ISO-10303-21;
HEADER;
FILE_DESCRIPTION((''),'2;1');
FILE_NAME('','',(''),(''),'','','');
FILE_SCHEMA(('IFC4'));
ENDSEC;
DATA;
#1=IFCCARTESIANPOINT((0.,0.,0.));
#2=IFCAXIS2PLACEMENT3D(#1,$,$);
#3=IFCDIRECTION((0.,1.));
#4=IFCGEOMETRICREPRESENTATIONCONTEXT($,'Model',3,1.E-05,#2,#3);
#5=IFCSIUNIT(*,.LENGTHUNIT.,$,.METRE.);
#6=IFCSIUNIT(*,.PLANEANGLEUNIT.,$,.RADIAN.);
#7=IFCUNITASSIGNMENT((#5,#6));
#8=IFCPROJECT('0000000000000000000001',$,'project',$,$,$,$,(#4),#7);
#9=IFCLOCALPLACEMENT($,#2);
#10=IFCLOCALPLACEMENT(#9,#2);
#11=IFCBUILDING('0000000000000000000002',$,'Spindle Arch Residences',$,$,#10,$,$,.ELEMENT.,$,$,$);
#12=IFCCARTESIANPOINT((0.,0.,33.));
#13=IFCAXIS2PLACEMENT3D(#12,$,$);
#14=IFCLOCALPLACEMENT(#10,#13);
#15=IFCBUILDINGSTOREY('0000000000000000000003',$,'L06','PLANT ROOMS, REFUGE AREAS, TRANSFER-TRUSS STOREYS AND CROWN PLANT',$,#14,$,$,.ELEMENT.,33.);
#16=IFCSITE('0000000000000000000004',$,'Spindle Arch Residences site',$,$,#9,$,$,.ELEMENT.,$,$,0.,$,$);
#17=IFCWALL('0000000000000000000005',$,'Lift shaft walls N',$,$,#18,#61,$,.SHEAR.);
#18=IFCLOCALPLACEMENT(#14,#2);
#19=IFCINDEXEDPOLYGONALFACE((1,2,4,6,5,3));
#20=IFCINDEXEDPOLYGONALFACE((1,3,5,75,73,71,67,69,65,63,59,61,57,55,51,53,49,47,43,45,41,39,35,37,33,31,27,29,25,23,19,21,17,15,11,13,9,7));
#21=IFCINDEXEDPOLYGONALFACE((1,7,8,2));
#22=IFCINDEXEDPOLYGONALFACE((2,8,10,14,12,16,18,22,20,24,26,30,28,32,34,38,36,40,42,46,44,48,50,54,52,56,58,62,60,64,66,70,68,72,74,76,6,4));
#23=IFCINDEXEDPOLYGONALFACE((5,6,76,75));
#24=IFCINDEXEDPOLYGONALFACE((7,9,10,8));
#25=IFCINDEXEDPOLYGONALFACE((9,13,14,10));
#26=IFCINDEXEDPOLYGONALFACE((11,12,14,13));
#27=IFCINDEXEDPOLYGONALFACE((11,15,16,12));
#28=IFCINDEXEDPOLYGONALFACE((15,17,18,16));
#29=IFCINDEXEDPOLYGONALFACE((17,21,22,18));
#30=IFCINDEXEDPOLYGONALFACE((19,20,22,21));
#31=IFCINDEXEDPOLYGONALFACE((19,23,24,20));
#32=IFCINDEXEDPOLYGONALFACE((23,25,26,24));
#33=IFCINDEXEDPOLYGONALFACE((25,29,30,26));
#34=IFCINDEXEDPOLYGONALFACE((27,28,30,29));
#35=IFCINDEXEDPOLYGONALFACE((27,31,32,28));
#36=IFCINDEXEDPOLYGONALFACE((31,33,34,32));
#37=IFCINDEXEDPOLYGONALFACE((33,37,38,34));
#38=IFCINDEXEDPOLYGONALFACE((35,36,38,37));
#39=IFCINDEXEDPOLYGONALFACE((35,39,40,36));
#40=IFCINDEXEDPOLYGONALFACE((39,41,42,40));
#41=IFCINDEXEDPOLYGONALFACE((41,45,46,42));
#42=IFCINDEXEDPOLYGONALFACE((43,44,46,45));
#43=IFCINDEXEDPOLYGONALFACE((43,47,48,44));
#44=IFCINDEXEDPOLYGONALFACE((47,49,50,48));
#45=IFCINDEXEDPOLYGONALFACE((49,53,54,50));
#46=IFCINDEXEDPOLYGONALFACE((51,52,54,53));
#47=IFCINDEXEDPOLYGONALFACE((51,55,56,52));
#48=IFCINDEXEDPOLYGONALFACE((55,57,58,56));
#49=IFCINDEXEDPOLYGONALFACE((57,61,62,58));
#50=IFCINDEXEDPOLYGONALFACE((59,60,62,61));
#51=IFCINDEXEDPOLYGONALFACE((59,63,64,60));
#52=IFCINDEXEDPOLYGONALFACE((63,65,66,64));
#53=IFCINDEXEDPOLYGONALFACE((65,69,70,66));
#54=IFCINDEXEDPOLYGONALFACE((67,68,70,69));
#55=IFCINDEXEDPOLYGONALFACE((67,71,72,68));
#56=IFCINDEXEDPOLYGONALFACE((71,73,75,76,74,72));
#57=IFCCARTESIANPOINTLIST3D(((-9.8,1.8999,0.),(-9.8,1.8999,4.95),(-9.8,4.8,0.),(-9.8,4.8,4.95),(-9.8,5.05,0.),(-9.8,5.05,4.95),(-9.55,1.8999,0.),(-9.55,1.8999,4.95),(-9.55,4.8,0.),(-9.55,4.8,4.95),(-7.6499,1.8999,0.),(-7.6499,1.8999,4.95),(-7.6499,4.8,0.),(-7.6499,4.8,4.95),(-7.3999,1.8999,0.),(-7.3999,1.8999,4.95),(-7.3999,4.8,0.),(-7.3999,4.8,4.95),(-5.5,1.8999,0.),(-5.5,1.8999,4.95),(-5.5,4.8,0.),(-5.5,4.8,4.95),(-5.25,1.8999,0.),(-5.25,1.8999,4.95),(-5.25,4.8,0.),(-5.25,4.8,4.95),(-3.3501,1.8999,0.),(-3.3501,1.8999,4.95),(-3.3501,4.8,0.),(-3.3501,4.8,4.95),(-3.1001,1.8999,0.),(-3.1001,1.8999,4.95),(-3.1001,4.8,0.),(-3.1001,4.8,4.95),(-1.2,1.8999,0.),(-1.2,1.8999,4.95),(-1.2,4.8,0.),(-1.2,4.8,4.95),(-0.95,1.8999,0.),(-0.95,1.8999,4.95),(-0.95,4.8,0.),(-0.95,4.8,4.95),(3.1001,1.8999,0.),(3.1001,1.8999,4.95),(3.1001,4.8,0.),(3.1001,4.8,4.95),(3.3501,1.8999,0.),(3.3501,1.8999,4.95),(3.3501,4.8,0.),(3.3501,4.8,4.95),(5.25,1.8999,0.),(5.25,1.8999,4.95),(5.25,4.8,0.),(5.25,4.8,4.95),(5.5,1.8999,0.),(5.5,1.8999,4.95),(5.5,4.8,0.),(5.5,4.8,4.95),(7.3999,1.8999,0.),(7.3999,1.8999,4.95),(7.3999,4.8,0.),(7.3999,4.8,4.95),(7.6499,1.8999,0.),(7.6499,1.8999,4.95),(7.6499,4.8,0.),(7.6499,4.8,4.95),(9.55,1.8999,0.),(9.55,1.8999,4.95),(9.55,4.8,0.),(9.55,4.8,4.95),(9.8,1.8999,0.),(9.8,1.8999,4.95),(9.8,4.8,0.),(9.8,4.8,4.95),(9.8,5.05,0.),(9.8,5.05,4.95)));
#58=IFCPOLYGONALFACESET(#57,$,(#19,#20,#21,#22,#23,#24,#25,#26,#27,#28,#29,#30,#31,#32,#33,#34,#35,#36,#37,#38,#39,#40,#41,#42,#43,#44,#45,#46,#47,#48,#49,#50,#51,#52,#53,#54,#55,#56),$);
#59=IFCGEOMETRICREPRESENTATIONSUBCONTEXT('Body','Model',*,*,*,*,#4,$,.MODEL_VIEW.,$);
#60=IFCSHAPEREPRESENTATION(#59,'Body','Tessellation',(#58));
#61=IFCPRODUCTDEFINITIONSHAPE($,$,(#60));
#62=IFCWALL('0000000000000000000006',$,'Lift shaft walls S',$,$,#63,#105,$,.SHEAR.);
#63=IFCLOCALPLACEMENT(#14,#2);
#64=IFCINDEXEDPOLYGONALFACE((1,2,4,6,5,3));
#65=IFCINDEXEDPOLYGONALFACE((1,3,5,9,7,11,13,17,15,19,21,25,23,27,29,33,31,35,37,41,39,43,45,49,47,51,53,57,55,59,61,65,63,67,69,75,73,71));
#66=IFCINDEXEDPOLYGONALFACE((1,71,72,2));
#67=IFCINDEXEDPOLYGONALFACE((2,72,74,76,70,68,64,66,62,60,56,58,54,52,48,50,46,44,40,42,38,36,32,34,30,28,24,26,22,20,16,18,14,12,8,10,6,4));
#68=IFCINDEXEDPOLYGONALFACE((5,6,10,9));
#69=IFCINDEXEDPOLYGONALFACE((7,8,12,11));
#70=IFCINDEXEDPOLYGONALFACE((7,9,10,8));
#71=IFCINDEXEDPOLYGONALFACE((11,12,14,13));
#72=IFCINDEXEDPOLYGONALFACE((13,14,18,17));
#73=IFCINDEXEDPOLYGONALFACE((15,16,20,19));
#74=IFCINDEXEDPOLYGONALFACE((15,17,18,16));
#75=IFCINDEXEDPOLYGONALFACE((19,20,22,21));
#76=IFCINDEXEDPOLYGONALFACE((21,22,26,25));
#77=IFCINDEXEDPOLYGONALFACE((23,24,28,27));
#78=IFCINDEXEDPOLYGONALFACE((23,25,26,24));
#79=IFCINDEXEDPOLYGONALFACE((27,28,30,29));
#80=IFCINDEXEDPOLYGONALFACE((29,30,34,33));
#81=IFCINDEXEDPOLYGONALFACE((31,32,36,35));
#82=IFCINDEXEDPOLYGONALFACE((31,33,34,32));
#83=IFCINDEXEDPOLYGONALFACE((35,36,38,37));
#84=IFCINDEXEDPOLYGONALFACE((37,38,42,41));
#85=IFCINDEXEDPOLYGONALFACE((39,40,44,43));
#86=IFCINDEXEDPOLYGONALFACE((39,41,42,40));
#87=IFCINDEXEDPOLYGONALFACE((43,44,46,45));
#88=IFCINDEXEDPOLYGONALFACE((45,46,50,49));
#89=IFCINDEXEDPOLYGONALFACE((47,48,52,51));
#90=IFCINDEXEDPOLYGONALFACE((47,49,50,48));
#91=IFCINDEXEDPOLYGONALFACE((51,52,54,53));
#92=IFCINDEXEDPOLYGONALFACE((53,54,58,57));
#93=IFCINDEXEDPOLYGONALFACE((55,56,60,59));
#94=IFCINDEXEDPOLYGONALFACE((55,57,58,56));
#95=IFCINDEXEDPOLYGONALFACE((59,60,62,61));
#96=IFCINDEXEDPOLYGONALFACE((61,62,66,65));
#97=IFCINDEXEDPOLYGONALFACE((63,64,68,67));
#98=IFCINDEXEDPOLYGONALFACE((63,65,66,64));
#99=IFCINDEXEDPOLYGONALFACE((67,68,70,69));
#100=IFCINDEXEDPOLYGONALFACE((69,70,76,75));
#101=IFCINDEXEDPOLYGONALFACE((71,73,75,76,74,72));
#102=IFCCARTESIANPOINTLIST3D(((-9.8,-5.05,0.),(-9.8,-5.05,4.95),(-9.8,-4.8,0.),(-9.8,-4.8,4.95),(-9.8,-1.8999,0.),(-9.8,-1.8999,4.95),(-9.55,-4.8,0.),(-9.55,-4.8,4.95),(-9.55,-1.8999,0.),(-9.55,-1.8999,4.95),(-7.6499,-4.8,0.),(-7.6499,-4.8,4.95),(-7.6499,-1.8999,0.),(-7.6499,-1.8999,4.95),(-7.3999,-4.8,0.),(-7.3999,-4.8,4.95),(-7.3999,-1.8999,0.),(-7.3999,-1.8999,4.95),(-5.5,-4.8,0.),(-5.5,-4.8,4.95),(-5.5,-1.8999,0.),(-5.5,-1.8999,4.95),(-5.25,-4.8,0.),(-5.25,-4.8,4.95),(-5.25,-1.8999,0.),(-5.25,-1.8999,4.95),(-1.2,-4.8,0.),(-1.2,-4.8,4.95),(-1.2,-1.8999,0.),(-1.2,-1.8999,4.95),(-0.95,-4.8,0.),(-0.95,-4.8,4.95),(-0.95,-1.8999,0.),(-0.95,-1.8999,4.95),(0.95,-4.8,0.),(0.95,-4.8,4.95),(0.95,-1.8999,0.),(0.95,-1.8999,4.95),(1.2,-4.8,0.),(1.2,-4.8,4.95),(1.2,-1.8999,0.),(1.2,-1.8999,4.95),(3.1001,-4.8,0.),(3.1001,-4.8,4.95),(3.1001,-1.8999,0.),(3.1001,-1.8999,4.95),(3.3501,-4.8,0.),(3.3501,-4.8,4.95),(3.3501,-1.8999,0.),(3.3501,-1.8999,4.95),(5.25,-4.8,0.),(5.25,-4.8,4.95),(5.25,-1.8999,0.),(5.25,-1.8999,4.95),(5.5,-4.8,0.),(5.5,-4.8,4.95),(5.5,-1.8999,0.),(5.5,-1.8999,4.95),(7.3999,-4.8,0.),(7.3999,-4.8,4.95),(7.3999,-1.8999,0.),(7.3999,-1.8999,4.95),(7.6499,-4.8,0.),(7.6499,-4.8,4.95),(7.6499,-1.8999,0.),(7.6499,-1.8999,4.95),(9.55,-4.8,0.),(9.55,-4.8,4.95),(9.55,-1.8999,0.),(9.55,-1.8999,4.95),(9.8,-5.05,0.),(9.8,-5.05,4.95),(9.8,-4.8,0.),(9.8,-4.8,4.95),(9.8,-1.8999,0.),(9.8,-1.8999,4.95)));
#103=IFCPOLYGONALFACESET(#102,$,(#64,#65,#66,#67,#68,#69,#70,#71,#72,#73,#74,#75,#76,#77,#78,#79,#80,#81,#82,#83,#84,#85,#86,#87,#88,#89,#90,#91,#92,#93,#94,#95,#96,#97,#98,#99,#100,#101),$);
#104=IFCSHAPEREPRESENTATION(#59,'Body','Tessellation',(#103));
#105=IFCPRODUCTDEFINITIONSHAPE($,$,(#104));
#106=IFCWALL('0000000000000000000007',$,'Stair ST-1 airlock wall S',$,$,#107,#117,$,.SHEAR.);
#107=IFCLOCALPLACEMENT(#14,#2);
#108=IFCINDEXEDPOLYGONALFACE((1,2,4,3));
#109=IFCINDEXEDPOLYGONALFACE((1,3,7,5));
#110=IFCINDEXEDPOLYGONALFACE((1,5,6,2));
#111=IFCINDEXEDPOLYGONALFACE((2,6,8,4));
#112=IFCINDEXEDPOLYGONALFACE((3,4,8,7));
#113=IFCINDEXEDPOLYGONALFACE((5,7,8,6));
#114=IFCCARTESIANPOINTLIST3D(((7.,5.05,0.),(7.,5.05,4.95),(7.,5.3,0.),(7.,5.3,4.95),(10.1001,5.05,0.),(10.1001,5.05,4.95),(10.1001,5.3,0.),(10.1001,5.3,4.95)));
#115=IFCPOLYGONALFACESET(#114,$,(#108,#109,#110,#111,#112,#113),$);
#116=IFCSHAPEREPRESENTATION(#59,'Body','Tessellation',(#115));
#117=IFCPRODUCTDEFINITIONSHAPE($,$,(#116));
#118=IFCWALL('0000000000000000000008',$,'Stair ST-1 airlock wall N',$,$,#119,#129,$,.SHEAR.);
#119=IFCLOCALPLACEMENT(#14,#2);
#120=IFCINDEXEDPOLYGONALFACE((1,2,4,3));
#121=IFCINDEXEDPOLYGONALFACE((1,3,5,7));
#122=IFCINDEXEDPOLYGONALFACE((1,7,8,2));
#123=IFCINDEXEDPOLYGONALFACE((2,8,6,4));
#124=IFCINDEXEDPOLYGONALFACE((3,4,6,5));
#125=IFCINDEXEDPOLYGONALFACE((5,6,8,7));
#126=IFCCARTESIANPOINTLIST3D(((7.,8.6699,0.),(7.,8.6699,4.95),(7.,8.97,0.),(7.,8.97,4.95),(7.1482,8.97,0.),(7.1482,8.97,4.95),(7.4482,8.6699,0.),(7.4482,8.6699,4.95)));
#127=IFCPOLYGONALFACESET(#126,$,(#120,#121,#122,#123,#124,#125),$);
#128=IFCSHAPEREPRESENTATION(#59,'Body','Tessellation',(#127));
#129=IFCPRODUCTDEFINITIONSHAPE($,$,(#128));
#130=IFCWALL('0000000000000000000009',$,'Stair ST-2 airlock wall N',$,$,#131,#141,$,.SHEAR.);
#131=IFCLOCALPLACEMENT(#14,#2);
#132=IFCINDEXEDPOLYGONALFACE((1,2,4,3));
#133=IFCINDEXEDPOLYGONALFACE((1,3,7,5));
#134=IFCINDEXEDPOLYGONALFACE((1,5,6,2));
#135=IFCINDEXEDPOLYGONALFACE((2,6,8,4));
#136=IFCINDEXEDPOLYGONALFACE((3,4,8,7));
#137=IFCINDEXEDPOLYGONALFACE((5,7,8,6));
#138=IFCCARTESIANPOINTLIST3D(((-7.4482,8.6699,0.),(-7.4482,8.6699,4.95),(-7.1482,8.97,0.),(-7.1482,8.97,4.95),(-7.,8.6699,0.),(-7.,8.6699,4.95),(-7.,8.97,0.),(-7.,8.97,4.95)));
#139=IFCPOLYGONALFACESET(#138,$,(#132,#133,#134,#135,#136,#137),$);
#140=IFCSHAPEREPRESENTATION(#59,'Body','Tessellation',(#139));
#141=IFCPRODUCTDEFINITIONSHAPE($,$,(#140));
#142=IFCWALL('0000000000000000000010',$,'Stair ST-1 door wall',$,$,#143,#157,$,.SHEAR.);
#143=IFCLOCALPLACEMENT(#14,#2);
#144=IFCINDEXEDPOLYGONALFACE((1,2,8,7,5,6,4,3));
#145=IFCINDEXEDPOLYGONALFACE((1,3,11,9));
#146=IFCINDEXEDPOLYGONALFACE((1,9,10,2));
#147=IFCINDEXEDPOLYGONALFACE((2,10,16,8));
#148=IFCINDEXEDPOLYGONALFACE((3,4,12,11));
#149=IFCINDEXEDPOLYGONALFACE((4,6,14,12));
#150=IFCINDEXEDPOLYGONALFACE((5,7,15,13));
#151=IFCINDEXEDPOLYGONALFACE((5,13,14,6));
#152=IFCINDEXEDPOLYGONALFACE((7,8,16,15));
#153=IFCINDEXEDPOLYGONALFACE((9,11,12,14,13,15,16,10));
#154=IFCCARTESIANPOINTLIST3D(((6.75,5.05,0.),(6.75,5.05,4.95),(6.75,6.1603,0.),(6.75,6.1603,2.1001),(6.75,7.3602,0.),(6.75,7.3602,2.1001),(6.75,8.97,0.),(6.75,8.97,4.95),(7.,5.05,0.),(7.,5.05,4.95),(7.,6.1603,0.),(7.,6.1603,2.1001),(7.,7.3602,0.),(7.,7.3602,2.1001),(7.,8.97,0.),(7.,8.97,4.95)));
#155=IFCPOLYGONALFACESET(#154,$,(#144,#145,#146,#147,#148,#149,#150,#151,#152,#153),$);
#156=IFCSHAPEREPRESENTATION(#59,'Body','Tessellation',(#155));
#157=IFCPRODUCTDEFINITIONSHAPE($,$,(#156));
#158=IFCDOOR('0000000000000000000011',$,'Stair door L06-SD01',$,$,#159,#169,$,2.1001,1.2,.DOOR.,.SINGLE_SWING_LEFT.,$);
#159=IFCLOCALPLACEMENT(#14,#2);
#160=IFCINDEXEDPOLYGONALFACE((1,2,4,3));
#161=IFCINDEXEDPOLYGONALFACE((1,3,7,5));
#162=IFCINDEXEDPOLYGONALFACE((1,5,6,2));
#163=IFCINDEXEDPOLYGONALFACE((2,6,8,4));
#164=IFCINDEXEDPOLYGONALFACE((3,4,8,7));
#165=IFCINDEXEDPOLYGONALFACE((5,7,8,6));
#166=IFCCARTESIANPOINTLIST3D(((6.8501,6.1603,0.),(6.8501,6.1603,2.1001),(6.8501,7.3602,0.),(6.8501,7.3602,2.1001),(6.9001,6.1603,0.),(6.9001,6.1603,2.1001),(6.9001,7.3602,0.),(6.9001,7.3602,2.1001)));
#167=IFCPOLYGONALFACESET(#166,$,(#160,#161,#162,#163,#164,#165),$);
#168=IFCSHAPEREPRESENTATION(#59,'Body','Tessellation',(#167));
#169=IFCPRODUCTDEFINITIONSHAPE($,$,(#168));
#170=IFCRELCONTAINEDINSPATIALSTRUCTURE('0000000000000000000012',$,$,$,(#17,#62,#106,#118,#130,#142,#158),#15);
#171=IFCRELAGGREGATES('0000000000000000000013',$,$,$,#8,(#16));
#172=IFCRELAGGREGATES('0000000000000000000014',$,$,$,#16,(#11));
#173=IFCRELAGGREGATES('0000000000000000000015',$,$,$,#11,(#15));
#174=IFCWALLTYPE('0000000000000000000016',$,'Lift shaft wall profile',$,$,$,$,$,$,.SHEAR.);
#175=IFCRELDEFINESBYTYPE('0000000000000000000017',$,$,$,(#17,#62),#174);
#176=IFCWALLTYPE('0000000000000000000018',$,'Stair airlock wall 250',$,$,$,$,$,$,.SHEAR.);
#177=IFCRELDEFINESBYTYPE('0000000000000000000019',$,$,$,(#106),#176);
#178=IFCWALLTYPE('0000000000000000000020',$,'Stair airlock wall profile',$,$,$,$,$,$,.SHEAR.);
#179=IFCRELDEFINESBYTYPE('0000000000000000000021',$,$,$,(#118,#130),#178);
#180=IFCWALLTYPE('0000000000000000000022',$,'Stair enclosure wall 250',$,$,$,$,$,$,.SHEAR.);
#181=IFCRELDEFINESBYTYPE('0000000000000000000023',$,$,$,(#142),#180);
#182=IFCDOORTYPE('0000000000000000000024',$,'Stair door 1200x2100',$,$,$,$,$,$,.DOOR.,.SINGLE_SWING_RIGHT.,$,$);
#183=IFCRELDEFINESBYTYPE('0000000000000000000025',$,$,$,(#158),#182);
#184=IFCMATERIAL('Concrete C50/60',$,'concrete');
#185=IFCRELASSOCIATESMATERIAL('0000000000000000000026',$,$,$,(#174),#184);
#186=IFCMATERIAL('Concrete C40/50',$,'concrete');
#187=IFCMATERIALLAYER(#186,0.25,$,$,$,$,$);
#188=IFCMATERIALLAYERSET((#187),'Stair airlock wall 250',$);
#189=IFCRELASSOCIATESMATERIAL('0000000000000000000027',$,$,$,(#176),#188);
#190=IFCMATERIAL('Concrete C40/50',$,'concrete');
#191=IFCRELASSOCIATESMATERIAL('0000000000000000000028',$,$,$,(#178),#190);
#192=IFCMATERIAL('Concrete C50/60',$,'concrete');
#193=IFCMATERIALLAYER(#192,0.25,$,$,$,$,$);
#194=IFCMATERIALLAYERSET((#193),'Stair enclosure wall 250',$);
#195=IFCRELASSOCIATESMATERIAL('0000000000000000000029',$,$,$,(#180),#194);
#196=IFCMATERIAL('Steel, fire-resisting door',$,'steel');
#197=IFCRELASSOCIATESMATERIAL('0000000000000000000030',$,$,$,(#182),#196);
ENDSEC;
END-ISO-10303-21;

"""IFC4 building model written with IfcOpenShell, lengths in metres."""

from ifc_helpers import new_model, si_unit, direction, frame, frame_2d, origin, place, context, subcontext, project, spatial, polyline, rectangle, outline, extrude, material, layer, layer_set, type_object, element, fill, save


model = new_model("IFC4")

# Units and contexts
model_context = context("Model", 3, precision=1e-05, world=origin(), true_north=direction((0.0, 1.0)))
body_context = subcontext(model_context, "Body", "Model", "MODEL_VIEW")
ifc_project = project(units=[si_unit("LENGTHUNIT", "METRE"), si_unit("PLANEANGLEUNIT", "RADIAN")], contexts=[model_context])

# Site, building, storey
site_placement = place(None, origin())
site = spatial("IfcSite", under=ifc_project, at=site_placement, Name="Spindle Arch Residences site", CompositionType="ELEMENT", RefElevation=0.0)
building_placement = place(site_placement, origin())
building = spatial("IfcBuilding", under=site, at=building_placement, Name="Spindle Arch Residences", CompositionType="ELEMENT")
storey_placement = place(building_placement, frame((0.0, 0.0, 33.0)))
storey = spatial("IfcBuildingStorey", under=building, at=storey_placement, Name="L06", Description="PLANT ROOMS, REFUGE AREAS, TRANSFER-TRUSS STOREYS AND CROWN PLANT", CompositionType="ELEMENT", Elevation=33.0)

# Walls
ifc_material_1 = material(Name="Concrete C50/60", Category="concrete")
wall_type_1 = type_object("IfcWallType", Name="Lift shaft wall profile", PredefinedType="SHEAR", material=ifc_material_1)
wall_1_placement = place(storey_placement, origin())
element("IfcWall", 1, at=wall_1_placement, inside=storey, type_object=wall_type_1, Name="Lift shaft walls N", PredefinedType="SHEAR", context=body_context, shape_type="SweptSolid", body=[
    extrude(outline(polyline([(-9.55, 4.8), (-7.6499, 4.8), (-7.6499, 1.8999), (-7.3999, 1.8999), (-7.3999, 4.8), (-5.5, 4.8), (-5.5, 1.8999), (-5.25, 1.8999), (-5.25, 4.8), (-3.3501, 4.8), (-3.3501, 1.8999), (-3.1001, 1.8999), (-3.1001, 4.8), (-1.2, 4.8), (-1.2, 1.8999), (-0.95, 1.8999), (-0.95, 4.8), (3.1001, 4.8), (3.1001, 1.8999), (3.3501, 1.8999), (3.3501, 4.8), (5.25, 4.8), (5.25, 1.8999), (5.5, 1.8999), (5.5, 4.8), (7.3999, 4.8), (7.3999, 1.8999), (7.6499, 1.8999), (7.6499, 4.8), (9.55, 4.8), (9.55, 1.8999), (9.8, 1.8999), (9.8, 4.8), (9.8, 5.05), (-9.8, 5.05), (-9.8, 4.8), (-9.8, 1.8999), (-9.55, 1.8999), (-9.55, 4.8)])), origin(), (0.0, 0.0, 1.0), 4.95),
])
wall_2_placement = place(storey_placement, origin())
element("IfcWall", 2, at=wall_2_placement, inside=storey, type_object=wall_type_1, Name="Lift shaft walls S", PredefinedType="SHEAR", context=body_context, shape_type="SweptSolid", body=[
    extrude(outline(polyline([(9.8, -5.05), (9.8, -4.8), (9.8, -1.8999), (9.55, -1.8999), (9.55, -4.8), (7.6499, -4.8), (7.6499, -1.8999), (7.3999, -1.8999), (7.3999, -4.8), (5.5, -4.8), (5.5, -1.8999), (5.25, -1.8999), (5.25, -4.8), (3.3501, -4.8), (3.3501, -1.8999), (3.1001, -1.8999), (3.1001, -4.8), (1.2, -4.8), (1.2, -1.8999), (0.95, -1.8999), (0.95, -4.8), (-0.95, -4.8), (-0.95, -1.8999), (-1.2, -1.8999), (-1.2, -4.8), (-5.25, -4.8), (-5.25, -1.8999), (-5.5, -1.8999), (-5.5, -4.8), (-7.3999, -4.8), (-7.3999, -1.8999), (-7.6499, -1.8999), (-7.6499, -4.8), (-9.55, -4.8), (-9.55, -1.8999), (-9.8, -1.8999), (-9.8, -4.8), (-9.8, -5.05), (9.8, -5.05)])), origin(), (0.0, 0.0, 1.0), 4.95),
])
ifc_material_2 = material(Name="Concrete C40/50", Category="concrete")
ifc_layer_1 = layer(ifc_material_2, 0.25)
ifc_layer_set_1 = layer_set([ifc_layer_1], Name="Stair airlock wall 250")
wall_type_2 = type_object("IfcWallType", Name="Stair airlock wall 250", PredefinedType="SHEAR", material=ifc_layer_set_1)
wall_3_placement = place(storey_placement, frame((7.0, 5.175, 0.0), z_axis=(0.0, 0.0, 1.0), x_axis=(1.0, 0.0, 0.0)))
element("IfcWall", 3, at=wall_3_placement, inside=storey, type_object=wall_type_2, Name="Stair ST-1 airlock wall S", PredefinedType="SHEAR", context=body_context, shape_type="SweptSolid", body=[
    extrude(rectangle(XDim=3.1001, YDim=0.25, at=frame_2d((1.55, 0.0))), origin(), (0.0, 0.0, 1.0), 4.95),
])
ifc_material_3 = material(Name="Concrete C40/50", Category="concrete")
wall_type_3 = type_object("IfcWallType", Name="Stair airlock wall profile", PredefinedType="SHEAR", material=ifc_material_3)
wall_4_placement = place(storey_placement, origin())
element("IfcWall", 4, at=wall_4_placement, inside=storey, type_object=wall_type_3, Name="Stair ST-1 airlock wall N", PredefinedType="SHEAR", context=body_context, shape_type="SweptSolid", body=[
    extrude(outline(polyline([(7.4482, 8.6699), (7.0, 8.6699), (7.0, 8.97), (7.1482, 8.97), (7.4482, 8.6699)])), origin(), (0.0, 0.0, 1.0), 4.95),
])
wall_5_placement = place(storey_placement, origin())
element("IfcWall", 5, at=wall_5_placement, inside=storey, type_object=wall_type_3, Name="Stair ST-2 airlock wall N", PredefinedType="SHEAR", context=body_context, shape_type="SweptSolid", body=[
    extrude(outline(polyline([(-7.1482, 8.97), (-7.0, 8.97), (-7.0, 8.6699), (-7.4482, 8.6699), (-7.1482, 8.97)])), origin(), (0.0, 0.0, 1.0), 4.95),
])

# Wall, opening, door
ifc_material_4 = material(Name="Concrete C50/60", Category="concrete")
ifc_layer_2 = layer(ifc_material_4, 0.25)
ifc_layer_set_2 = layer_set([ifc_layer_2], Name="Stair enclosure wall 250")
wall_type_4 = type_object("IfcWallType", Name="Stair enclosure wall 250", PredefinedType="SHEAR", material=ifc_layer_set_2)
wall_6_placement = place(storey_placement, frame((6.875, 5.05, 0.0), z_axis=(0.0, 0.0, 1.0), x_axis=(0.0, 1.0, 0.0)))
wall_6 = element("IfcWall", 6, at=wall_6_placement, inside=storey, type_object=wall_type_4, Name="Stair ST-1 door wall", PredefinedType="SHEAR", context=body_context, shape_type="SweptSolid", body=[
    extrude(rectangle(XDim=3.9199, YDim=0.25, at=frame_2d((1.96, 0.0))), origin(), (0.0, 0.0, 1.0), 4.95),
])
opening_1_placement = place(wall_6_placement, frame((1.1101, 0.0, 0.0)))
opening_1 = element("IfcOpeningElement", 7, at=opening_1_placement, cuts=wall_6, PredefinedType="OPENING", context=body_context, shape_type="SweptSolid", body=[
    extrude(rectangle(XDim=1.2, YDim=2.1001, at=frame_2d((0.6001, 1.05))), frame((0.0, 0.135, 0.0), z_axis=(0.0, -1.0, 0.0), x_axis=(1.0, 0.0, 0.0)), (0.0, 0.0, 1.0), 0.27),
])
ifc_material_5 = material(Name="Steel, fire-resisting door", Category="steel")
door_type_1 = type_object("IfcDoorType", Name="Stair door 1200x2100", OperationType="SINGLE_SWING_RIGHT", PredefinedType="DOOR", material=ifc_material_5)
door_1_placement = place(opening_1_placement, origin())
door_1 = element("IfcDoor", 8, at=door_1_placement, inside=storey, type_object=door_type_1, Name="Stair door L06-SD01", OperationType="SINGLE_SWING_LEFT", OverallHeight=2.1001, OverallWidth=1.2, PredefinedType="DOOR", context=body_context, shape_type="SweptSolid", body=[
    extrude(rectangle(XDim=1.2, YDim=2.1001, at=frame_2d((0.6001, 1.05))), frame((0.0, 0.0249, 0.0), z_axis=(0.0, -1.0, 0.0), x_axis=(1.0, 0.0, 0.0)), (0.0, 0.0, 1.0), 0.05),
])
fill(opening_1, door_1)

save(model, "model.ifc")
